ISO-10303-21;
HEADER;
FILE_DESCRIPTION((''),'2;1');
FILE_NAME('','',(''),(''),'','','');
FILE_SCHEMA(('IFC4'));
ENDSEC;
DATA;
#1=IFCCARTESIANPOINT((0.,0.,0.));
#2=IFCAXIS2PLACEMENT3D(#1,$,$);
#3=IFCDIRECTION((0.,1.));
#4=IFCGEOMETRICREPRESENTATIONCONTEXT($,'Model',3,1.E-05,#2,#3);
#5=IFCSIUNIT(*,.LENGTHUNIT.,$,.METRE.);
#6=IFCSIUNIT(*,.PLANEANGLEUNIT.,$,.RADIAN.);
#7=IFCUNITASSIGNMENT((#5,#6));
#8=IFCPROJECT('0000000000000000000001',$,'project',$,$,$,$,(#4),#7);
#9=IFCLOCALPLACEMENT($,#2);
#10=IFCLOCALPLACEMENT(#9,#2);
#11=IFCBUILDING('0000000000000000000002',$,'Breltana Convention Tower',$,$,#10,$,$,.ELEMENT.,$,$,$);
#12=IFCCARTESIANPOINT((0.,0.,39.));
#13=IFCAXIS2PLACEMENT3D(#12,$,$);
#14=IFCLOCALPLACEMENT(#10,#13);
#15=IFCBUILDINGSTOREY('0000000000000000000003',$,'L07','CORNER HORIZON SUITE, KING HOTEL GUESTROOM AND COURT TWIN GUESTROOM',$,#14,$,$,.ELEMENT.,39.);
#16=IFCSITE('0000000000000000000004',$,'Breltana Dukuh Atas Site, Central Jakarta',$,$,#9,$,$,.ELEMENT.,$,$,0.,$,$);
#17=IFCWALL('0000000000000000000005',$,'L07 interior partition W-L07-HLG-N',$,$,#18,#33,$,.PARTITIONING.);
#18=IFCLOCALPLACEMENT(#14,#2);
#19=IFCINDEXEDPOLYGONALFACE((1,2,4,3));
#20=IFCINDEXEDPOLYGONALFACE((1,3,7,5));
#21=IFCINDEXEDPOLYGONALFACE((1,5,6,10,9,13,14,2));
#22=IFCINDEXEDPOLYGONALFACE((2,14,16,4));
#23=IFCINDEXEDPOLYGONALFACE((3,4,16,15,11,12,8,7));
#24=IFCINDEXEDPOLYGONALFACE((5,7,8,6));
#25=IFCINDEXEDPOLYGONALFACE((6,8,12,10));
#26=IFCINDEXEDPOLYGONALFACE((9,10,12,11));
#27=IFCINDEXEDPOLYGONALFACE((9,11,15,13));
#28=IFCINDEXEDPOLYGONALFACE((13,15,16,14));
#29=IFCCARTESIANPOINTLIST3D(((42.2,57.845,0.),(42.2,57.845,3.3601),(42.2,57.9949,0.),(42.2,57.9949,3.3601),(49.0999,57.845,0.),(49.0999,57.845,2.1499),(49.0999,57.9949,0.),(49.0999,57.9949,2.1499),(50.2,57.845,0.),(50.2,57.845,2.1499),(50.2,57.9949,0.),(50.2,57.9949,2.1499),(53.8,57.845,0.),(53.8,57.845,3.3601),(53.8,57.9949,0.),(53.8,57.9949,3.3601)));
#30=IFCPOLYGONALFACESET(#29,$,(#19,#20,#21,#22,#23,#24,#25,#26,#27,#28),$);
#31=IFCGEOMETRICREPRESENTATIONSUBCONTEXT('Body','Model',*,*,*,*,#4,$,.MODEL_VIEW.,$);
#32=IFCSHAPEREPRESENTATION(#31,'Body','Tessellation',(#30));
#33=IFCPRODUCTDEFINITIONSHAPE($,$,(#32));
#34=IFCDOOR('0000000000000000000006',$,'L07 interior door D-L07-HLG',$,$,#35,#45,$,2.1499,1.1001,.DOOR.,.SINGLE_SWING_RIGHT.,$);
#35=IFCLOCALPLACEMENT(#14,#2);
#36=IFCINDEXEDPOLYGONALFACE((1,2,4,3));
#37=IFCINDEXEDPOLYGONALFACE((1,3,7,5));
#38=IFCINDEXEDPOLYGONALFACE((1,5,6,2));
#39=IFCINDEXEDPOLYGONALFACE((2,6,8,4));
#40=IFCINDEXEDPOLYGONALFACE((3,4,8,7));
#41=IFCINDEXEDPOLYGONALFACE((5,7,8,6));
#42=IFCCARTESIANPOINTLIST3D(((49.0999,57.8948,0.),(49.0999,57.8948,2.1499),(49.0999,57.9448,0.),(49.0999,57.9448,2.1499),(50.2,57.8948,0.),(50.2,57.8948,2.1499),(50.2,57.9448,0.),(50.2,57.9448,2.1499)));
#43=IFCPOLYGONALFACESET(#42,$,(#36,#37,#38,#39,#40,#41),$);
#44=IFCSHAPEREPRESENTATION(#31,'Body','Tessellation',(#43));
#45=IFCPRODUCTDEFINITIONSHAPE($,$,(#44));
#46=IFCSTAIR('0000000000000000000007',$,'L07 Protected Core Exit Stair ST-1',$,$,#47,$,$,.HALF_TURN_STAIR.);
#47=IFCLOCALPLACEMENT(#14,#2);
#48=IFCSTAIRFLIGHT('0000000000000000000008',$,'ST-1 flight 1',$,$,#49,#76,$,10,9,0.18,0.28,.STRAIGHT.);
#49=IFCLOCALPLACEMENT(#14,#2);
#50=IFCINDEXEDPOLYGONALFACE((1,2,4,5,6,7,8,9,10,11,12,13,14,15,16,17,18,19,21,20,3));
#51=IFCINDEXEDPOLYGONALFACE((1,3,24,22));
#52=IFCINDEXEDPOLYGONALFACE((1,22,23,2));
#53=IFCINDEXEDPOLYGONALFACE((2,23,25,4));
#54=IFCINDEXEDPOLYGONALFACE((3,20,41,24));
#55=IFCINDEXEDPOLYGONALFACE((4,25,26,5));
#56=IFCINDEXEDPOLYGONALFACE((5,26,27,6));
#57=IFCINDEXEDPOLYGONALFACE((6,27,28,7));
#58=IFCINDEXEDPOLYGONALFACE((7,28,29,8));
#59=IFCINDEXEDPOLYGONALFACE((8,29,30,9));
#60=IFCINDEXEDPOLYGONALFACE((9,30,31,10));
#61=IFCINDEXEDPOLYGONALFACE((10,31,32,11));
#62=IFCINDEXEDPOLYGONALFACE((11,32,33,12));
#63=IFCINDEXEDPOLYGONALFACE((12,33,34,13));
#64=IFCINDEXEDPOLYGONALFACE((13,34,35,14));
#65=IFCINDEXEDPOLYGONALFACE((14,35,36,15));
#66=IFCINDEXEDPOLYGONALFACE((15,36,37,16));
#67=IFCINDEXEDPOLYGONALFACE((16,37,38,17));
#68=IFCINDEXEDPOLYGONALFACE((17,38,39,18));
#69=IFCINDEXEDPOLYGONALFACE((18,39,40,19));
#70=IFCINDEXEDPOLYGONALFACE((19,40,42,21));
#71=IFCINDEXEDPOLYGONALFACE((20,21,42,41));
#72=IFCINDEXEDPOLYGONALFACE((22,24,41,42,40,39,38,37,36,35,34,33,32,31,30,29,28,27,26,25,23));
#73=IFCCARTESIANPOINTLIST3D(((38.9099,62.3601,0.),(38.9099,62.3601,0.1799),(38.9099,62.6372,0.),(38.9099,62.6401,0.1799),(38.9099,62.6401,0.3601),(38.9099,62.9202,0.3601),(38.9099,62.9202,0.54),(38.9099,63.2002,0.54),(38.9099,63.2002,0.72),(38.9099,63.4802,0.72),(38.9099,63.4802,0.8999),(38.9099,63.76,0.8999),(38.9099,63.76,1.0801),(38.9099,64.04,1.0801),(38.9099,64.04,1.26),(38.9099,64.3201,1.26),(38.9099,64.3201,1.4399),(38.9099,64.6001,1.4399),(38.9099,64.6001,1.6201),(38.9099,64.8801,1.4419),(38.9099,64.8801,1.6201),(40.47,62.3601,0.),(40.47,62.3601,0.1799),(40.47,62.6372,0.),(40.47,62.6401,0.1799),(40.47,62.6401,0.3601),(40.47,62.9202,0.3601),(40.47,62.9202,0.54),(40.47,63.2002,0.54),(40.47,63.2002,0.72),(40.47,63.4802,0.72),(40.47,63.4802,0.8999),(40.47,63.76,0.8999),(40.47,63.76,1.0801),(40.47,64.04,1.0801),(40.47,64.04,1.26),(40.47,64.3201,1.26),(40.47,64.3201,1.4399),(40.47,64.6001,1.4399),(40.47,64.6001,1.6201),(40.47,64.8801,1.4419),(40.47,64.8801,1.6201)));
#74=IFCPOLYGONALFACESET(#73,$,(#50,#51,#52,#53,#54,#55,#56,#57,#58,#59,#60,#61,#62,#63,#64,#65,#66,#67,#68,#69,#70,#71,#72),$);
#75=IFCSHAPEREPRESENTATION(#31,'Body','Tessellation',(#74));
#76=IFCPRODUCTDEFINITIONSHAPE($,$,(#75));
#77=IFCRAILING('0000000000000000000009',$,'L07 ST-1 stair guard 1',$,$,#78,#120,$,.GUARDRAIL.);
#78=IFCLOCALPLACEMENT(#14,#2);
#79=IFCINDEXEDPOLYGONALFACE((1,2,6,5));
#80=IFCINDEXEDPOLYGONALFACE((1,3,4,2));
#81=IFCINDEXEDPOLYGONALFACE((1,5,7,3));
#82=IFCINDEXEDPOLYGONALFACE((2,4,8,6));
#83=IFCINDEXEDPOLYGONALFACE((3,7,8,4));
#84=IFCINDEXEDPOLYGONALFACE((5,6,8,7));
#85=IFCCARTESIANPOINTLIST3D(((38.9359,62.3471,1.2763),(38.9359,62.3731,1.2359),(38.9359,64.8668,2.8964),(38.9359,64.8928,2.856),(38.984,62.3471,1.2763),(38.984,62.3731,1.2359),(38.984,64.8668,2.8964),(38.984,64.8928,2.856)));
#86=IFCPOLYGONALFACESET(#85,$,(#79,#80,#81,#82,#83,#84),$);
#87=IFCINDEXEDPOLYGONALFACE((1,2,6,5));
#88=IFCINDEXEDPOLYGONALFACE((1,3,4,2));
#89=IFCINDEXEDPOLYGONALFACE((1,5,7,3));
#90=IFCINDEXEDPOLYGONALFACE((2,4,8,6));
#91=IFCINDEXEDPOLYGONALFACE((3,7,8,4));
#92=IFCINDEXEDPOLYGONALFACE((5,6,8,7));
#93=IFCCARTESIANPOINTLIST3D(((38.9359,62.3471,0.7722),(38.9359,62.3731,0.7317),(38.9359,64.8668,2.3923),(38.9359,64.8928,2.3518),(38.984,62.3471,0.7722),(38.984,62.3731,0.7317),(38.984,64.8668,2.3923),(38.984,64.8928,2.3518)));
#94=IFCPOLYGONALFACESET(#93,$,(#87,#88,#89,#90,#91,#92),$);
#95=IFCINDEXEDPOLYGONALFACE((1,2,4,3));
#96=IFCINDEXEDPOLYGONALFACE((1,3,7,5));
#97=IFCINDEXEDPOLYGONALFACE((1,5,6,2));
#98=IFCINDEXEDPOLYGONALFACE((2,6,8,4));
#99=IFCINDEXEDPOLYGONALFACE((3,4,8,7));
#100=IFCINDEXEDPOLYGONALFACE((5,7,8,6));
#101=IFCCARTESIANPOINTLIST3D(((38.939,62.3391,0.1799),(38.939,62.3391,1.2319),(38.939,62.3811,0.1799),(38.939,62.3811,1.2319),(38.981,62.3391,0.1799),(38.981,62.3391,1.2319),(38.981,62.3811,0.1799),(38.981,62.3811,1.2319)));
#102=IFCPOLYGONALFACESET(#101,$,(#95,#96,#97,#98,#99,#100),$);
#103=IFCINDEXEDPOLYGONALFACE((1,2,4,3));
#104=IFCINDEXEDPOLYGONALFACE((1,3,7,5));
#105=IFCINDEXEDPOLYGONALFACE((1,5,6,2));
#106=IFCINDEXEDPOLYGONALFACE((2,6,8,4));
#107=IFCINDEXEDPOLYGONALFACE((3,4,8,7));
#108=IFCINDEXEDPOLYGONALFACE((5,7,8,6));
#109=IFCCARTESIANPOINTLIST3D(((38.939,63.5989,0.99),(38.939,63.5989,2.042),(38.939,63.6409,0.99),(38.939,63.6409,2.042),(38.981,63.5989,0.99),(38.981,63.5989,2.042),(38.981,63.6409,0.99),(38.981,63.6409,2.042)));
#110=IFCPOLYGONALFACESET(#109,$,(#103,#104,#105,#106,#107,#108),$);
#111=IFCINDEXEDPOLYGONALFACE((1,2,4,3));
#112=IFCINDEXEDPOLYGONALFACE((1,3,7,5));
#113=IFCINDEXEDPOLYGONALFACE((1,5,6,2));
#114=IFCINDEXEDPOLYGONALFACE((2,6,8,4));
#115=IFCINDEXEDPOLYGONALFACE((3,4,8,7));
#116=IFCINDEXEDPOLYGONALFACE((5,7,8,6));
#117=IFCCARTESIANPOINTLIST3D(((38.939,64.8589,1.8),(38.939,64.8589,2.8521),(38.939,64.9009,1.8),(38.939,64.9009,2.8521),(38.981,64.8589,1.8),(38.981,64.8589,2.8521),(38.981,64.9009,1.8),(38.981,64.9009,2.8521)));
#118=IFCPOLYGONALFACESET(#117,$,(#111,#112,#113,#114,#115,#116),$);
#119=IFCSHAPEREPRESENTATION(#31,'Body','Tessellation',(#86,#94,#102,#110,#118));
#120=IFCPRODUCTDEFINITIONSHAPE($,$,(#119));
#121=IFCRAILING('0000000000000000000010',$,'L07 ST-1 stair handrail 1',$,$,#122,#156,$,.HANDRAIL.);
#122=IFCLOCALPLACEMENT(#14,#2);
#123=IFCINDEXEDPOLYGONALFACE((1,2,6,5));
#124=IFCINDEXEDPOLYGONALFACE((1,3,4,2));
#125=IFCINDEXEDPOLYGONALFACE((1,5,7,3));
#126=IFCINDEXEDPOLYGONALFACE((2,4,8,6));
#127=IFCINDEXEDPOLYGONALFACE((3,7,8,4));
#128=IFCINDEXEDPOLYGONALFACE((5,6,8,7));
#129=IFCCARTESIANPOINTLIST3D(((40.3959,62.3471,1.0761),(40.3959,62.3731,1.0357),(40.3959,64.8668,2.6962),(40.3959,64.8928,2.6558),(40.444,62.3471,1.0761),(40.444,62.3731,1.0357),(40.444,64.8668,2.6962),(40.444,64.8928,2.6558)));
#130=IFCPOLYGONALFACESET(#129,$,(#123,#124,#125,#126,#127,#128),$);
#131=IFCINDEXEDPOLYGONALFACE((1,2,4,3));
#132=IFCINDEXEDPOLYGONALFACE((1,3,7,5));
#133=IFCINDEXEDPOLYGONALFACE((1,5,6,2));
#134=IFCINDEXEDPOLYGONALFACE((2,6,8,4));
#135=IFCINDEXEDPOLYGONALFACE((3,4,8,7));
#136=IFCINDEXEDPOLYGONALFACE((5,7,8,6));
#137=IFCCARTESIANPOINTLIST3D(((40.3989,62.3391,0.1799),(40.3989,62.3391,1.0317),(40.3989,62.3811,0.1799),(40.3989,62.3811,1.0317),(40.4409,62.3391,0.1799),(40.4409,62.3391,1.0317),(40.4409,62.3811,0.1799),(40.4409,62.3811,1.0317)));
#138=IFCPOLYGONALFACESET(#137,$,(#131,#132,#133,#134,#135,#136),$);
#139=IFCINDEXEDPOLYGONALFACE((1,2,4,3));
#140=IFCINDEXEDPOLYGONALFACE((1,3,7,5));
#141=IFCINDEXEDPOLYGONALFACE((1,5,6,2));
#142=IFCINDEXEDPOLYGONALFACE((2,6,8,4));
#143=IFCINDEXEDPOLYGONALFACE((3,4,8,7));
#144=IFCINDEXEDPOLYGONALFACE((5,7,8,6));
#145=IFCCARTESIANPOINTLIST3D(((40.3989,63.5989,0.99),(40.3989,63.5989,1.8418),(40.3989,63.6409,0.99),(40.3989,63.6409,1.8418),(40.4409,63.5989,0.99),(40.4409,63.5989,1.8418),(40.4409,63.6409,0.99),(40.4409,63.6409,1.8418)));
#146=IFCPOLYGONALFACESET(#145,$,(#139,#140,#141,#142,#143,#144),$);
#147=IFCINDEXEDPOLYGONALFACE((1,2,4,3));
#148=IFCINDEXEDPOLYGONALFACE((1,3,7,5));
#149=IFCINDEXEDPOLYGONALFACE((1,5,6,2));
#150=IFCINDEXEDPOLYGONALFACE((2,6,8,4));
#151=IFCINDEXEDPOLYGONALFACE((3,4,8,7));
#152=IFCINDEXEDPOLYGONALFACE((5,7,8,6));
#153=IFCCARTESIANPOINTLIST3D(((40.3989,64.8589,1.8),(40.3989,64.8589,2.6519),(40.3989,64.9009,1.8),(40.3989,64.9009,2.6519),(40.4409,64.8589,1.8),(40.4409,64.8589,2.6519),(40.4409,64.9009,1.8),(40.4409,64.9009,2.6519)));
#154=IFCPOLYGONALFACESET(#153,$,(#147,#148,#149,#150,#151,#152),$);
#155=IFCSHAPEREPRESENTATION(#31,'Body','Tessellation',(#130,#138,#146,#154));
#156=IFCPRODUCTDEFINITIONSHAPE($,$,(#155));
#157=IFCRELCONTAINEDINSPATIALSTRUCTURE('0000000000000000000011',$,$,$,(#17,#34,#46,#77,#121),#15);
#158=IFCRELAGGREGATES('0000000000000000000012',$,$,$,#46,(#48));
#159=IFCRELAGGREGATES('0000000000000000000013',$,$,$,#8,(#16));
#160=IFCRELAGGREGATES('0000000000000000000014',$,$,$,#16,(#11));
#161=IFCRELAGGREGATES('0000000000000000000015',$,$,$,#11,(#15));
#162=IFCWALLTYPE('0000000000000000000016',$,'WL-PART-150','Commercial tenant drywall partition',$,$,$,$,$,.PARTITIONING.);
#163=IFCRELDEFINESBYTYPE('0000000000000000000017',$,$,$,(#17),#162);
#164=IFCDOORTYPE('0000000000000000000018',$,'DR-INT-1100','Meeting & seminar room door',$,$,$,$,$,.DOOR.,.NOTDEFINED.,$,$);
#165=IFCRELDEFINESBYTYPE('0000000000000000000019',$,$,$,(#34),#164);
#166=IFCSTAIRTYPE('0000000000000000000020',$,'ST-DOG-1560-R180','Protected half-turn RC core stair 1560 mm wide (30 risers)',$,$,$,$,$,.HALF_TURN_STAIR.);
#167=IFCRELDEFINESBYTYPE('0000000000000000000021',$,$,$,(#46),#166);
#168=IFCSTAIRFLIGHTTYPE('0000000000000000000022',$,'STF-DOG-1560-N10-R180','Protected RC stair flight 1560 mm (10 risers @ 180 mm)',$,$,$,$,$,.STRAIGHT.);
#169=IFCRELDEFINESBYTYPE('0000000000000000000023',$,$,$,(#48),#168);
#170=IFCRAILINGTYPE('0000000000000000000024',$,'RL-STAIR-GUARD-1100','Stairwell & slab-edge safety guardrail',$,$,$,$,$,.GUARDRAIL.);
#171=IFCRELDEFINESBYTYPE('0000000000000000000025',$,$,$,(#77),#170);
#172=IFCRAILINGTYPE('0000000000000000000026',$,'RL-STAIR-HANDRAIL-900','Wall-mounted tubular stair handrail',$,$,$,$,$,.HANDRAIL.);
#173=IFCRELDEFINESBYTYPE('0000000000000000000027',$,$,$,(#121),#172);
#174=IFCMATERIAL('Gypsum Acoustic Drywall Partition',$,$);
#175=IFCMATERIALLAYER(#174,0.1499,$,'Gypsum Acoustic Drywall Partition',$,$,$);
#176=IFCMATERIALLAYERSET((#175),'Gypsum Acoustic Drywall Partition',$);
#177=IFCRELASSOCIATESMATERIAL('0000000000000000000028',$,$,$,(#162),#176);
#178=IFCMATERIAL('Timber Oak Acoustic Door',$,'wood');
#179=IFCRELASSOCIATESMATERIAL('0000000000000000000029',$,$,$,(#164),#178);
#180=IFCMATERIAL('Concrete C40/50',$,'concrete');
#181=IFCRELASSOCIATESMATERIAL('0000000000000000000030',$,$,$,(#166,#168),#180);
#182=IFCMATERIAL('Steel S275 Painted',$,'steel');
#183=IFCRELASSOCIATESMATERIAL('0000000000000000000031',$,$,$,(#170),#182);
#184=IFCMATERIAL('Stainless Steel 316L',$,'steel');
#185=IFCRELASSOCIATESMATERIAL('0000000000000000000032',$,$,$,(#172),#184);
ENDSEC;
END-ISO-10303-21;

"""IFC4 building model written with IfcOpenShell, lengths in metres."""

from ifc_helpers import new_model, si_unit, direction, frame, frame_2d, origin, origin_2d, place, context, subcontext, project, spatial, polyline, rectangle, outline, extrude, source, transform, mapped, material, layer, layer_set, type_object, type_shapes, element, fill, aggregate, save


model = new_model("IFC4")

# Units and contexts
model_context = context("Model", 3, precision=1e-05, world=origin(), true_north=direction((0.0, 1.0)))
body_context = subcontext(model_context, "Body", "Model", "MODEL_VIEW")
ifc_project = project(units=[si_unit("LENGTHUNIT", "METRE"), si_unit("PLANEANGLEUNIT", "RADIAN")], contexts=[model_context])

# Site, building, storey
site_placement = place(None, origin())
site = spatial("IfcSite", under=ifc_project, at=site_placement, Name="Breltana Dukuh Atas Site, Central Jakarta", CompositionType="ELEMENT", RefElevation=0.0)
building_placement = place(site_placement, origin())
building = spatial("IfcBuilding", under=site, at=building_placement, Name="Breltana Convention Tower", CompositionType="ELEMENT")
storey_placement = place(building_placement, frame((0.0, 0.0, 39.0)))
storey = spatial("IfcBuildingStorey", under=building, at=storey_placement, Name="L07", Description="CORNER HORIZON SUITE, KING HOTEL GUESTROOM AND COURT TWIN GUESTROOM", CompositionType="ELEMENT", Elevation=39.0)

# Wall, opening, door
ifc_material_1 = material(Name="Gypsum Acoustic Drywall Partition")
ifc_layer_1 = layer(ifc_material_1, 0.1499, Name="Gypsum Acoustic Drywall Partition")
ifc_layer_set_1 = layer_set([ifc_layer_1], Name="Gypsum Acoustic Drywall Partition")
wall_type_1 = type_object("IfcWallType", Name="WL-PART-150", Description="Commercial tenant drywall partition", PredefinedType="PARTITIONING", material=ifc_layer_set_1)
shared_shape_1 = source(origin(), body_context, "Body", "SweptSolid", [
    extrude(rectangle(XDim=11.6001, YDim=0.1499, at=frame_2d((5.8, 0.0))), origin(), (0.0, 0.0, 1.0), 3.3601),
])
wall_1_placement = place(storey_placement, frame((42.2, 57.9199, 0.0), z_axis=(0.0, 0.0, 1.0), x_axis=(1.0, 0.0, 0.0)))
wall_1 = element("IfcWall", 1, at=wall_1_placement, inside=storey, type_object=wall_type_1, Name="L07 interior partition W-L07-HLG-N", PredefinedType="PARTITIONING", context=body_context, shape_type="MappedRepresentation", body=[
    mapped(shared_shape_1, transform((0.0, 0.0, 0.0), scale=1.0)),
])
opening_1_placement = place(wall_1_placement, frame((6.8999, 0.0, 0.0)))
opening_1 = element("IfcOpeningElement", 2, at=opening_1_placement, cuts=wall_1, PredefinedType="OPENING", context=body_context, shape_type="SweptSolid", body=[
    extrude(rectangle(XDim=1.1001, YDim=2.1499, at=frame_2d((0.55, 1.075))), frame((0.0, 0.085, 0.0), z_axis=(0.0, -1.0, 0.0), x_axis=(1.0, 0.0, 0.0)), (0.0, 0.0, 1.0), 0.1699),
])
ifc_material_2 = material(Name="Timber Oak Acoustic Door", Category="wood")
door_type_1 = type_object("IfcDoorType", Name="DR-INT-1100", Description="Meeting & seminar room door", OperationType="NOTDEFINED", PredefinedType="DOOR", material=ifc_material_2)
shared_shape_2 = source(origin(), body_context, "Body", "SweptSolid", [
    extrude(rectangle(XDim=1.1001, YDim=2.1499, at=frame_2d((0.55, 1.075))), frame((0.0, 0.0249, 0.0), z_axis=(0.0, -1.0, 0.0), x_axis=(1.0, 0.0, 0.0)), (0.0, 0.0, 1.0), 0.05),
])
type_shapes(door_type_1, [shared_shape_2])
door_1_placement = place(opening_1_placement, origin())
door_1 = element("IfcDoor", 3, at=door_1_placement, inside=storey, type_object=door_type_1, Name="L07 interior door D-L07-HLG", OperationType="SINGLE_SWING_RIGHT", OverallHeight=2.1499, OverallWidth=1.1001, PredefinedType="DOOR", context=body_context, shape_type="MappedRepresentation", body=[
    mapped(shared_shape_2, transform((0.0, 0.0, 0.0), scale=1.0)),
])
fill(opening_1, door_1)

# Stair, stair flight
ifc_material_3 = material(Name="Concrete C40/50", Category="concrete")
stair_type = type_object("IfcStairType", Name="ST-DOG-1560-R180", Description="Protected half-turn RC core stair 1560 mm wide (30 risers)", PredefinedType="HALF_TURN_STAIR", material=ifc_material_3)
stair_placement = place(storey_placement, origin())
stair = element("IfcStair", 4, at=stair_placement, inside=storey, type_object=stair_type, Name="L07 Protected Core Exit Stair ST-1", PredefinedType="HALF_TURN_STAIR")
stair_flight_type = type_object("IfcStairFlightType", Name="STF-DOG-1560-N10-R180", Description="Protected RC stair flight 1560 mm (10 risers @ 180 mm)", PredefinedType="STRAIGHT", material=ifc_material_3)
stair_flight_placement = place(storey_placement, frame((39.6899, 62.3601, 0.0), z_axis=(0.0, 0.0, 1.0), x_axis=(0.0, 1.0, 0.0)))
stair_flight = element("IfcStairFlight", 5, at=stair_flight_placement, type_object=stair_flight_type, Name="ST-1 flight 1", NumberOfRisers=10, NumberOfTreads=9, PredefinedType="STRAIGHT", RiserHeight=0.18, TreadLength=0.28, context=body_context, shape_type="SweptSolid", body=[
    extrude(outline(polyline([(0.0, 0.0), (0.0, 0.1799), (0.28, 0.1799), (0.28, 0.3601), (0.5601, 0.3601), (0.5601, 0.54), (0.8401, 0.54), (0.8401, 0.72), (1.1201, 0.72), (1.1201, 0.8999), (1.3999, 0.8999), (1.3999, 1.0801), (1.6799, 1.0801), (1.6799, 1.26), (1.96, 1.26), (1.96, 1.4399), (2.24, 1.4399), (2.24, 1.6201), (2.52, 1.6201), (2.52, 1.8), (2.52, 1.4419), (0.2771, 0.0), (0.0, 0.0)])), frame((0.0, 0.78, 0.0), z_axis=(0.0, -1.0, 0.0), x_axis=(1.0, 0.0, 0.0)), (0.0, 0.0, 1.0), 1.5601),
])
aggregate(stair, [stair_flight])

# Railings
ifc_material_4 = material(Name="Steel S275 Painted", Category="steel")
railing_type_1 = type_object("IfcRailingType", Name="RL-STAIR-GUARD-1100", Description="Stairwell & slab-edge safety guardrail", PredefinedType="GUARDRAIL", material=ifc_material_4)
railing_1_placement = place(storey_placement, frame((38.96, 62.3601, 0.1799)))
element("IfcRailing", 6, at=railing_1_placement, inside=storey, type_object=railing_type_1, Name="L07 ST-1 stair guard 1", PredefinedType="GUARDRAIL", context=body_context, shape_type="SweptSolid", body=[
    extrude(rectangle(XDim=0.0481, YDim=0.0481, at=origin_2d()), frame((0.0, 0.0, 1.0762), z_axis=(0.0, 0.841139, 0.540819), x_axis=(-1.0, 0.0, 0.0)), (0.0, 0.0, 1.0), 2.9956),
    extrude(rectangle(XDim=0.0481, YDim=0.0481, at=origin_2d()), frame((0.0, 0.0, 0.572), z_axis=(0.0, 0.841139, 0.540819), x_axis=(-1.0, 0.0, 0.0)), (0.0, 0.0, 1.0), 2.9956),
    extrude(rectangle(XDim=0.042, YDim=0.042, at=origin_2d()), origin(), (0.0, 0.0, 1.0), 1.052),
    extrude(rectangle(XDim=0.042, YDim=0.042, at=origin_2d()), frame((0.0, 1.2598, 0.8101)), (0.0, 0.0, 1.0), 1.052),
    extrude(rectangle(XDim=0.042, YDim=0.042, at=origin_2d()), frame((0.0, 2.5198, 1.6201)), (0.0, 0.0, 1.0), 1.052),
])
ifc_material_5 = material(Name="Stainless Steel 316L", Category="steel")
railing_type_2 = type_object("IfcRailingType", Name="RL-STAIR-HANDRAIL-900", Description="Wall-mounted tubular stair handrail", PredefinedType="HANDRAIL", material=ifc_material_5)
railing_2_placement = place(storey_placement, frame((40.4199, 62.3601, 0.1799)))
element("IfcRailing", 7, at=railing_2_placement, inside=storey, type_object=railing_type_2, Name="L07 ST-1 stair handrail 1", PredefinedType="HANDRAIL", context=body_context, shape_type="SweptSolid", body=[
    extrude(rectangle(XDim=0.0481, YDim=0.0481, at=origin_2d()), frame((0.0, 0.0, 0.876), z_axis=(0.0, 0.841139, 0.540819), x_axis=(-1.0, 0.0, 0.0)), (0.0, 0.0, 1.0), 2.9956),
    extrude(rectangle(XDim=0.042, YDim=0.042, at=origin_2d()), origin(), (0.0, 0.0, 1.0), 0.8518),
    extrude(rectangle(XDim=0.042, YDim=0.042, at=origin_2d()), frame((0.0, 1.2598, 0.8101)), (0.0, 0.0, 1.0), 0.8518),
    extrude(rectangle(XDim=0.042, YDim=0.042, at=origin_2d()), frame((0.0, 2.5198, 1.6201)), (0.0, 0.0, 1.0), 0.8518),
])

save(model, "model.ifc")
